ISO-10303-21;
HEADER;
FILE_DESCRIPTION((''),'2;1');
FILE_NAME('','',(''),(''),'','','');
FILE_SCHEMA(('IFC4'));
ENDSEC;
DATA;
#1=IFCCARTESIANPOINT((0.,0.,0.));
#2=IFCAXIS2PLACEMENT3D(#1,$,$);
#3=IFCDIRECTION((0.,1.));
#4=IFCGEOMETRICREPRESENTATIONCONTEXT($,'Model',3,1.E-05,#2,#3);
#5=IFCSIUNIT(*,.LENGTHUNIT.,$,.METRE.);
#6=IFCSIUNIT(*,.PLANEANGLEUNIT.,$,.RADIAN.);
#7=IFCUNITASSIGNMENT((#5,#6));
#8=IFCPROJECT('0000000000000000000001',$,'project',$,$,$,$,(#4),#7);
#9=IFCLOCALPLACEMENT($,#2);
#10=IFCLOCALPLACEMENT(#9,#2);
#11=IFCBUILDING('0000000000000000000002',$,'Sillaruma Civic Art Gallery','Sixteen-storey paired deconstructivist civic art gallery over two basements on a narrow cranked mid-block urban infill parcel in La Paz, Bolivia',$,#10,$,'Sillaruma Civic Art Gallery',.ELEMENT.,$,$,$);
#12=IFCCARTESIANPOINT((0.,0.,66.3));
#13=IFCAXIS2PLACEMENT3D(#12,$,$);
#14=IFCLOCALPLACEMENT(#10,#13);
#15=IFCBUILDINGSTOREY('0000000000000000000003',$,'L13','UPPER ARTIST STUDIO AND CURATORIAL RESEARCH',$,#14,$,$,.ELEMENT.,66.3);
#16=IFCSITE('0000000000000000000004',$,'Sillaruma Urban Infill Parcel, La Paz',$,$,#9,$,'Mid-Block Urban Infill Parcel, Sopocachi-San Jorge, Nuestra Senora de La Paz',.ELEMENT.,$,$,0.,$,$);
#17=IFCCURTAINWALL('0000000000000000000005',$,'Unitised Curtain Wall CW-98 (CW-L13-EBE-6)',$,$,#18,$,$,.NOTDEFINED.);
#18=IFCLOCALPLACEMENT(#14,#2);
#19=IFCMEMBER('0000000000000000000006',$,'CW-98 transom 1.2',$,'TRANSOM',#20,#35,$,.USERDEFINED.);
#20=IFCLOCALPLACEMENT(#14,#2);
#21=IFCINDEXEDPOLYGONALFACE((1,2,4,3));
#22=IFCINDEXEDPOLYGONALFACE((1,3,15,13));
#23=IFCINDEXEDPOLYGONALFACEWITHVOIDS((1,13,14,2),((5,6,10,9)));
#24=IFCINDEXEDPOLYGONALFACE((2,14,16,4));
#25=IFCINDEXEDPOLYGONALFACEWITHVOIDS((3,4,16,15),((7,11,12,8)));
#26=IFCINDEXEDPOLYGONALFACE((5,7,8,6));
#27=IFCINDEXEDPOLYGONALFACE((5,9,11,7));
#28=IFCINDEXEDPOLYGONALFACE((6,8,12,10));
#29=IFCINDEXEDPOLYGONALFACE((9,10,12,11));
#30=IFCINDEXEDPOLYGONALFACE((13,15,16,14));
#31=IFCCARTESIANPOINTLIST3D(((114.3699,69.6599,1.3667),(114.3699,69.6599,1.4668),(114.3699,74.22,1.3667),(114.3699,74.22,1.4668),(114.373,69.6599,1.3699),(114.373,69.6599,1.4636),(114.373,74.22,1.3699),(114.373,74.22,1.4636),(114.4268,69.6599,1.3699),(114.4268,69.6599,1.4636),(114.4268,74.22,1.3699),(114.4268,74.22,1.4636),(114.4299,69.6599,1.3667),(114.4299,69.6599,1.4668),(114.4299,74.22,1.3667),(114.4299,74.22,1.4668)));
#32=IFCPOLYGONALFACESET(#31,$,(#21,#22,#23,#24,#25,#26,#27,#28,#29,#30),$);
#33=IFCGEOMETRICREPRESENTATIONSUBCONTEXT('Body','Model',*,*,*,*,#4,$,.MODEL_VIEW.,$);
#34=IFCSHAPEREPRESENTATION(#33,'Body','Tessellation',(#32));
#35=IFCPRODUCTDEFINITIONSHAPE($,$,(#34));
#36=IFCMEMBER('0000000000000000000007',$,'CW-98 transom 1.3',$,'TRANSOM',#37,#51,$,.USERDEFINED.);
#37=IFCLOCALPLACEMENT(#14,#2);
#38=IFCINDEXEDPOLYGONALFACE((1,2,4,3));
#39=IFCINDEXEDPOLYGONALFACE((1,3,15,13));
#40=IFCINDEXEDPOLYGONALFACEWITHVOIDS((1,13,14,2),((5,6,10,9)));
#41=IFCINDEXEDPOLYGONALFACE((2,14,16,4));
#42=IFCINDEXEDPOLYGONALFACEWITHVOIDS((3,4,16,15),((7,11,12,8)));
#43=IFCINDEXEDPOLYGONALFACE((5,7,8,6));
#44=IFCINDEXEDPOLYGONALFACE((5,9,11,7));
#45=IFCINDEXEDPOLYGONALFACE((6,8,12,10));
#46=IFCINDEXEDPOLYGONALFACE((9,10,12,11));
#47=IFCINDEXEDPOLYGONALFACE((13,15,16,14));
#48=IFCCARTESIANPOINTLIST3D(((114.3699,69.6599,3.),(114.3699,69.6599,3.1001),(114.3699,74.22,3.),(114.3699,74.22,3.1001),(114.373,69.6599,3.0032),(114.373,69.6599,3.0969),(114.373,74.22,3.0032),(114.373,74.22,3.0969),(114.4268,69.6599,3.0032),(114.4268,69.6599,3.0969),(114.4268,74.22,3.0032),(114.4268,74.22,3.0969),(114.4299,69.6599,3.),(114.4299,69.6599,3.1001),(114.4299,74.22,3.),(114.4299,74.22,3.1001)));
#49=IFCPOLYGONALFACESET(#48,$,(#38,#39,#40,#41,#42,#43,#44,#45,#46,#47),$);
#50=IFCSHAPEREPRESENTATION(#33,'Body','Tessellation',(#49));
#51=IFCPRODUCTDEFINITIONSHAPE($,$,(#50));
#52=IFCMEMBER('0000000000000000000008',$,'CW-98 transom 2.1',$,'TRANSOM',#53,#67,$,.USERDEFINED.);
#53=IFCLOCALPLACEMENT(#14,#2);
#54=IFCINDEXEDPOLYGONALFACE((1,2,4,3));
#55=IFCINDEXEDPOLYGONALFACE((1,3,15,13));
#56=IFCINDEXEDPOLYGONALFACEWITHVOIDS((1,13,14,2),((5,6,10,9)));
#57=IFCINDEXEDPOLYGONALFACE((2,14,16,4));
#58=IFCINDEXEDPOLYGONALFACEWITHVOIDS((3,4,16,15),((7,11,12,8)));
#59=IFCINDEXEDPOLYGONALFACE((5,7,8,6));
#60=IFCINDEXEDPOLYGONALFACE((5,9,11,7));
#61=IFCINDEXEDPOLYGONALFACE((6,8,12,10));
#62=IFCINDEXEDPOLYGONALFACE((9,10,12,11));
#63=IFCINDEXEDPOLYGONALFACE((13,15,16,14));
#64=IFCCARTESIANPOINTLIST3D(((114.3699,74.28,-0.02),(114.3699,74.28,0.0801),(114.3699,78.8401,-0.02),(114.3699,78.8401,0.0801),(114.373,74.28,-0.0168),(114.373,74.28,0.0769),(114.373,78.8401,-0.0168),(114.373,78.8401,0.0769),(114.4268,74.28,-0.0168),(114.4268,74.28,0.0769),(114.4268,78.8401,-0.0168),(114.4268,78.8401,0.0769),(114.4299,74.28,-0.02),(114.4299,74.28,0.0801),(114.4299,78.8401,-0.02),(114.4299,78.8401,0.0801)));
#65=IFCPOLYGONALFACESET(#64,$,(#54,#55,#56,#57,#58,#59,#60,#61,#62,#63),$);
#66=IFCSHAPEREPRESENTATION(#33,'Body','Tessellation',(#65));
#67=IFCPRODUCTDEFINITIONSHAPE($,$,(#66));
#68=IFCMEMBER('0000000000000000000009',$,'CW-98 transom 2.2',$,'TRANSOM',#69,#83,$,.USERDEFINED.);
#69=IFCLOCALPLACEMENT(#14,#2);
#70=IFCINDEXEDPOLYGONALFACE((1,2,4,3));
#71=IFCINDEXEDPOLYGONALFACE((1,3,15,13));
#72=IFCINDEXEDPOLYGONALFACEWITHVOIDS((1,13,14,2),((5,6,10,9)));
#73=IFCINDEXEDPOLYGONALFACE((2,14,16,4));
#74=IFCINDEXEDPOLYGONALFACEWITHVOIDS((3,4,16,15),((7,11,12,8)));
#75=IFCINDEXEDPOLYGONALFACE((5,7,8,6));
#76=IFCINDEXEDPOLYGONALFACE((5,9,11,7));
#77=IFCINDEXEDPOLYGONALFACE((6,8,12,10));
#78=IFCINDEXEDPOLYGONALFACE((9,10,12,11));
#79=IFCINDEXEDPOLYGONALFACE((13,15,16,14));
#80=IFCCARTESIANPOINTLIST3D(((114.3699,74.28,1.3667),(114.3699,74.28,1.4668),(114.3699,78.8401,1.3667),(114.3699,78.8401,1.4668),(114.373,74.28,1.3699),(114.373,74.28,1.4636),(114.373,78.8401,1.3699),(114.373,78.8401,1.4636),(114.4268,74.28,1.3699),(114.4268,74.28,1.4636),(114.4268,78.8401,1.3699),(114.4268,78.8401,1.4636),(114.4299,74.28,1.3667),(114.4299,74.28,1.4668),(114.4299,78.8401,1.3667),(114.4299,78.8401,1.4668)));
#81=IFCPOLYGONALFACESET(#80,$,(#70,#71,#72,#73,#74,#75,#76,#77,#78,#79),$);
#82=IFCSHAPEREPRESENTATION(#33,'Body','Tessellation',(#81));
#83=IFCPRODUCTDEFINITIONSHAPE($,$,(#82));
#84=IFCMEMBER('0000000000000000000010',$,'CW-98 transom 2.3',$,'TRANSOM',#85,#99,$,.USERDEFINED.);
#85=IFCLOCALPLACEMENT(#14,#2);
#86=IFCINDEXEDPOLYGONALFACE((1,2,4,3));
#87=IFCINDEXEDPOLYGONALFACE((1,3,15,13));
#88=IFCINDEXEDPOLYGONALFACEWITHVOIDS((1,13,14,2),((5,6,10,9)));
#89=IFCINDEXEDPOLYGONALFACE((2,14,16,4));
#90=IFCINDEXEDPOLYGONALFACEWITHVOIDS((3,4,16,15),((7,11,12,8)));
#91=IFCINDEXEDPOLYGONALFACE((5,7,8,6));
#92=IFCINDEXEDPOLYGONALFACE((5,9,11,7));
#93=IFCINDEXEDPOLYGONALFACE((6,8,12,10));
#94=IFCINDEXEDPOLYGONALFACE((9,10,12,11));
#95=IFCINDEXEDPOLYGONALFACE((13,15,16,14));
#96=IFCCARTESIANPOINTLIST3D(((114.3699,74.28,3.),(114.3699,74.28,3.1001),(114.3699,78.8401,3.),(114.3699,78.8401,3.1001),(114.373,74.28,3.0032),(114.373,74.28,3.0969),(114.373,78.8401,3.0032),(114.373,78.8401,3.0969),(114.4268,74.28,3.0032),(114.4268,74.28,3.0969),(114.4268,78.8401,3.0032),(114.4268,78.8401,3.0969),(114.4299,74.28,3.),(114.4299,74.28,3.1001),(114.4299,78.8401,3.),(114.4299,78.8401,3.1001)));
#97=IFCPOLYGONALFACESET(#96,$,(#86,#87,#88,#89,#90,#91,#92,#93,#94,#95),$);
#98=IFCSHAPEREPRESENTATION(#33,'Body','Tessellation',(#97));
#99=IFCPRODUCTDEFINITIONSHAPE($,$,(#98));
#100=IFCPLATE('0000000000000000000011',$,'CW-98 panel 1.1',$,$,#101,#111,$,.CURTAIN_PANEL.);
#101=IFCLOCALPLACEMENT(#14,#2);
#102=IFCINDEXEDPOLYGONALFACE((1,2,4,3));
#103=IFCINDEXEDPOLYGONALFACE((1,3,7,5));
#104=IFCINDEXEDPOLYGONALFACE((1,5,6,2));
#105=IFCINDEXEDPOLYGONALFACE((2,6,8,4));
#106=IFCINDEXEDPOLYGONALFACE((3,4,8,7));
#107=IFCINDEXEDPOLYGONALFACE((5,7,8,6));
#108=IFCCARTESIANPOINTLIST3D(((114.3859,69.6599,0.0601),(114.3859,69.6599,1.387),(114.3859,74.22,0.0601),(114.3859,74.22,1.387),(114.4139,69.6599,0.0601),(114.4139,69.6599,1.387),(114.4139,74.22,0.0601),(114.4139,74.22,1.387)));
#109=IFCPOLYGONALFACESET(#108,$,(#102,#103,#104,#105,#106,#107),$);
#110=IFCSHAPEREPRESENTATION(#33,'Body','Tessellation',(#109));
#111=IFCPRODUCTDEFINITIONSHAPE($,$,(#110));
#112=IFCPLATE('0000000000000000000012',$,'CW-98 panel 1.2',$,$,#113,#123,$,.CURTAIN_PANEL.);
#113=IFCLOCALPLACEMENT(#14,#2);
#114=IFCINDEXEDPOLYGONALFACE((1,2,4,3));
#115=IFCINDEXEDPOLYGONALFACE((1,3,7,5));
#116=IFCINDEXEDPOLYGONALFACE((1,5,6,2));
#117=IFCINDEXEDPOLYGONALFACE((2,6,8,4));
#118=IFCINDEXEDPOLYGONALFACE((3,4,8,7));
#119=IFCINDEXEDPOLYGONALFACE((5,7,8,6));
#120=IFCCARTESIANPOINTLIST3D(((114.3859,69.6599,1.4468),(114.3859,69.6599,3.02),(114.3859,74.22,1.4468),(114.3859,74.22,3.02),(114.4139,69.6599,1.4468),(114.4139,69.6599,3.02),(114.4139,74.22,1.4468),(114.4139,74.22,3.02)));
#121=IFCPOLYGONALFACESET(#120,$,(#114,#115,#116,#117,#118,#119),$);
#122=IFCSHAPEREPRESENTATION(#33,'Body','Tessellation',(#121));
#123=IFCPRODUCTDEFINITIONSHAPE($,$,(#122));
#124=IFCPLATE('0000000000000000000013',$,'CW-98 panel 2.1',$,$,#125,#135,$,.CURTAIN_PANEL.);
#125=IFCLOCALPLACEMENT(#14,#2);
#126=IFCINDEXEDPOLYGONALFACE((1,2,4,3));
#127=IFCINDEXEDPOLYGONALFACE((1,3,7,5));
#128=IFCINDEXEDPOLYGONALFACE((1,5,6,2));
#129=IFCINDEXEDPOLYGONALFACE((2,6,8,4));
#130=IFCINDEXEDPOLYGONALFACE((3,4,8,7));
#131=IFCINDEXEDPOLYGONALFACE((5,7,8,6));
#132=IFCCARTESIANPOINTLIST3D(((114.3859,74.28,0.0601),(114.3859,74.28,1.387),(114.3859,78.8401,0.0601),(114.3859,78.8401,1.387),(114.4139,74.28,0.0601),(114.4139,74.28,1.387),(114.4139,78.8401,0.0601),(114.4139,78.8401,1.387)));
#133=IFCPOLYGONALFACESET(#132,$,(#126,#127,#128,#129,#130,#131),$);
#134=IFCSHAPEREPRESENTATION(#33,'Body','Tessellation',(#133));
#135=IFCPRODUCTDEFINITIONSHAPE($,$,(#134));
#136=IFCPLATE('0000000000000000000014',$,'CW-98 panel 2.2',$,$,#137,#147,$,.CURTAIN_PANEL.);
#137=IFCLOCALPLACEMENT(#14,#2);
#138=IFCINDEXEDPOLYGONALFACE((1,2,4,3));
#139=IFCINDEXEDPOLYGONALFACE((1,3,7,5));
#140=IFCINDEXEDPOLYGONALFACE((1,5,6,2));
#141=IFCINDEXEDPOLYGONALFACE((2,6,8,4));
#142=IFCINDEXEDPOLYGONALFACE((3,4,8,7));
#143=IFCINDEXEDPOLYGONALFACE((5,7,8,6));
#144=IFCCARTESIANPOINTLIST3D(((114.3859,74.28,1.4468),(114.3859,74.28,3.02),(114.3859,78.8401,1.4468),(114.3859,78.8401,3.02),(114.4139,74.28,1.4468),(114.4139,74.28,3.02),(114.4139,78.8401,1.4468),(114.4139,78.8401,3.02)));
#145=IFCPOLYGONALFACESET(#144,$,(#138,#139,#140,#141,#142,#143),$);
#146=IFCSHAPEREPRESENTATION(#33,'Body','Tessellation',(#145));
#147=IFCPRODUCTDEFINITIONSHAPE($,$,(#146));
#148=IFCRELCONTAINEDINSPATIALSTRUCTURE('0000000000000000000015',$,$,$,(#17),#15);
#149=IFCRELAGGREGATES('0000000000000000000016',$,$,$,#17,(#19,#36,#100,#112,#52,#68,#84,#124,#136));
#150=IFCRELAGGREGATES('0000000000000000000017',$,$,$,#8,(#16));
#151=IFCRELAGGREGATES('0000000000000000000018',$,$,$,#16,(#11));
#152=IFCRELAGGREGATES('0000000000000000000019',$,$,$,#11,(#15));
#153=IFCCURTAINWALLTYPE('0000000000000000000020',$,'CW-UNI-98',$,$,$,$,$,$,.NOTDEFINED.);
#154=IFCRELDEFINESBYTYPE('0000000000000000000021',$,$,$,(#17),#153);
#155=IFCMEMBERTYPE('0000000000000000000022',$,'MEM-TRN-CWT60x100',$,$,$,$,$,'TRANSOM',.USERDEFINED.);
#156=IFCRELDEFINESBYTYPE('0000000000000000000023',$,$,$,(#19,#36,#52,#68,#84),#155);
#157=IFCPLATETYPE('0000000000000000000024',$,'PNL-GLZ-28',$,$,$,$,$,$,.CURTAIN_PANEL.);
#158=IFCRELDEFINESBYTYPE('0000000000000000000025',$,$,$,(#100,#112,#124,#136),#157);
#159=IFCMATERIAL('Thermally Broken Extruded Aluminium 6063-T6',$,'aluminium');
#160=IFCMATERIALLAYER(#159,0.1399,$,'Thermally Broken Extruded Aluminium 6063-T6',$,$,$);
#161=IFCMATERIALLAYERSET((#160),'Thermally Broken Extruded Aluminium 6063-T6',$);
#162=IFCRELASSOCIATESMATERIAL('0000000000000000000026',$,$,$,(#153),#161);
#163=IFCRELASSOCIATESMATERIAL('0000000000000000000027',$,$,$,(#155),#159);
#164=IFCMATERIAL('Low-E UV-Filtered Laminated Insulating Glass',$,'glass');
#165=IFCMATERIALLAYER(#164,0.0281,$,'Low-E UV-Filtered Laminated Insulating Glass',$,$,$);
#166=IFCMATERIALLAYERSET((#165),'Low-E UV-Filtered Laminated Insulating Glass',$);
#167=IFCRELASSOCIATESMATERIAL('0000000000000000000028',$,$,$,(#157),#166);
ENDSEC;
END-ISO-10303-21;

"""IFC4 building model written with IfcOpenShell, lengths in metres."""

from ifc_helpers import new_model, si_unit, direction, frame, origin, origin_2d, place, context, subcontext, project, spatial, rectangle, hollow_rectangle, extrude, material, layer, layer_set, material_profile, profile_set, type_object, element, aggregate, save


model = new_model("IFC4")

# Units and contexts
model_context = context("Model", 3, precision=1e-05, world=origin(), true_north=direction((0.0, 1.0)))
body_context = subcontext(model_context, "Body", "Model", "MODEL_VIEW")
ifc_project = project(units=[si_unit("LENGTHUNIT", "METRE"), si_unit("PLANEANGLEUNIT", "RADIAN")], contexts=[model_context])

# Site, building, storey
site_placement = place(None, origin())
site = spatial("IfcSite", under=ifc_project, at=site_placement, Name="Sillaruma Urban Infill Parcel, La Paz", LongName="Mid-Block Urban Infill Parcel, Sopocachi-San Jorge, Nuestra Senora de La Paz", CompositionType="ELEMENT", RefElevation=0.0)
building_placement = place(site_placement, origin())
building = spatial("IfcBuilding", under=site, at=building_placement, Name="Sillaruma Civic Art Gallery", Description="Sixteen-storey paired deconstructivist civic art gallery over two basements on a narrow cranked mid-block urban infill parcel in La Paz, Bolivia", LongName="Sillaruma Civic Art Gallery", CompositionType="ELEMENT")
storey_placement = place(building_placement, frame((0.0, 0.0, 66.3)))
storey = spatial("IfcBuildingStorey", under=building, at=storey_placement, Name="L13", Description="UPPER ARTIST STUDIO AND CURATORIAL RESEARCH", CompositionType="ELEMENT", Elevation=66.3)

# Curtain wall, members, plates
ifc_material_1 = material(Name="Thermally Broken Extruded Aluminium 6063-T6", Category="aluminium")
ifc_layer_1 = layer(ifc_material_1, 0.1399, Name="Thermally Broken Extruded Aluminium 6063-T6")
ifc_layer_set_1 = layer_set([ifc_layer_1], Name="Thermally Broken Extruded Aluminium 6063-T6")
curtain_wall_type = type_object("IfcCurtainWallType", Name="CW-UNI-98", PredefinedType="NOTDEFINED", material=ifc_layer_set_1)
curtain_wall_placement = place(storey_placement, origin())
curtain_wall = element("IfcCurtainWall", 1, at=curtain_wall_placement, inside=storey, type_object=curtain_wall_type, Name="Unitised Curtain Wall CW-98 (CW-L13-EBE-6)", PredefinedType="NOTDEFINED")
ifc_material_profile_1 = material_profile(ifc_material_1, hollow_rectangle(XDim=0.0601, YDim=0.1001, WallThickness=0.0032, at=origin_2d()), Name="CWT60x100")
ifc_profile_set_1 = profile_set([ifc_material_profile_1], Name="Thermally Broken Extruded Aluminium 6063-T6")
member_type_1 = type_object("IfcMemberType", Name="MEM-TRN-CWT60x100", ElementType="TRANSOM", PredefinedType="USERDEFINED", material=ifc_profile_set_1)
member_1_placement = place(storey_placement, frame((114.3999, 69.6599, 1.4167), z_axis=(0.0, 1.0, 0.0), x_axis=(-1.0, 0.0, 0.0)))
member_1 = element("IfcMember", 2, at=member_1_placement, type_object=member_type_1, Name="CW-98 transom 1.2", ObjectType="TRANSOM", PredefinedType="USERDEFINED", context=body_context, shape_type="SweptSolid", body=[
    extrude(hollow_rectangle(XDim=0.0601, YDim=0.1001, WallThickness=0.0032, at=origin_2d()), origin(), (0.0, 0.0, 1.0), 4.5601),
])
member_2_placement = place(storey_placement, frame((114.3999, 69.6599, 3.05), z_axis=(0.0, 1.0, 0.0), x_axis=(-1.0, 0.0, 0.0)))
member_2 = element("IfcMember", 3, at=member_2_placement, type_object=member_type_1, Name="CW-98 transom 1.3", ObjectType="TRANSOM", PredefinedType="USERDEFINED", context=body_context, shape_type="SweptSolid", body=[
    extrude(hollow_rectangle(XDim=0.0601, YDim=0.1001, WallThickness=0.0032, at=origin_2d()), origin(), (0.0, 0.0, 1.0), 4.5601),
])
member_3_placement = place(storey_placement, frame((114.3999, 74.28, 0.03), z_axis=(0.0, 1.0, 0.0), x_axis=(-1.0, 0.0, 0.0)))
member_3 = element("IfcMember", 4, at=member_3_placement, type_object=member_type_1, Name="CW-98 transom 2.1", ObjectType="TRANSOM", PredefinedType="USERDEFINED", context=body_context, shape_type="SweptSolid", body=[
    extrude(hollow_rectangle(XDim=0.0601, YDim=0.1001, WallThickness=0.0032, at=origin_2d()), origin(), (0.0, 0.0, 1.0), 4.5601),
])
member_4_placement = place(storey_placement, frame((114.3999, 74.28, 1.4167), z_axis=(0.0, 1.0, 0.0), x_axis=(-1.0, 0.0, 0.0)))
member_4 = element("IfcMember", 5, at=member_4_placement, type_object=member_type_1, Name="CW-98 transom 2.2", ObjectType="TRANSOM", PredefinedType="USERDEFINED", context=body_context, shape_type="SweptSolid", body=[
    extrude(hollow_rectangle(XDim=0.0601, YDim=0.1001, WallThickness=0.0032, at=origin_2d()), origin(), (0.0, 0.0, 1.0), 4.5601),
])
member_5_placement = place(storey_placement, frame((114.3999, 74.28, 3.05), z_axis=(0.0, 1.0, 0.0), x_axis=(-1.0, 0.0, 0.0)))
member_5 = element("IfcMember", 6, at=member_5_placement, type_object=member_type_1, Name="CW-98 transom 2.3", ObjectType="TRANSOM", PredefinedType="USERDEFINED", context=body_context, shape_type="SweptSolid", body=[
    extrude(hollow_rectangle(XDim=0.0601, YDim=0.1001, WallThickness=0.0032, at=origin_2d()), origin(), (0.0, 0.0, 1.0), 4.5601),
])
ifc_material_2 = material(Name="Low-E UV-Filtered Laminated Insulating Glass", Category="glass")
ifc_layer_2 = layer(ifc_material_2, 0.0281, Name="Low-E UV-Filtered Laminated Insulating Glass")
ifc_layer_set_2 = layer_set([ifc_layer_2], Name="Low-E UV-Filtered Laminated Insulating Glass")
plate_type = type_object("IfcPlateType", Name="PNL-GLZ-28", PredefinedType="CURTAIN_PANEL", material=ifc_layer_set_2)
plate_1_placement = place(storey_placement, frame((114.3999, 71.9399, 0.0601), z_axis=(0.0, 0.0, 1.0), x_axis=(0.0, 1.0, 0.0)))
plate_1 = element("IfcPlate", 7, at=plate_1_placement, type_object=plate_type, Name="CW-98 panel 1.1", PredefinedType="CURTAIN_PANEL", context=body_context, shape_type="SweptSolid", body=[
    extrude(rectangle(XDim=4.5601, YDim=0.0281, at=origin_2d()), origin(), (0.0, 0.0, 1.0), 1.3269),
])
plate_2_placement = place(storey_placement, frame((114.3999, 71.9399, 1.4468), z_axis=(0.0, 0.0, 1.0), x_axis=(0.0, 1.0, 0.0)))
plate_2 = element("IfcPlate", 8, at=plate_2_placement, type_object=plate_type, Name="CW-98 panel 1.2", PredefinedType="CURTAIN_PANEL", context=body_context, shape_type="SweptSolid", body=[
    extrude(rectangle(XDim=4.5601, YDim=0.0281, at=origin_2d()), origin(), (0.0, 0.0, 1.0), 1.5732),
])
plate_3_placement = place(storey_placement, frame((114.3999, 76.5601, 0.0601), z_axis=(0.0, 0.0, 1.0), x_axis=(0.0, 1.0, 0.0)))
plate_3 = element("IfcPlate", 9, at=plate_3_placement, type_object=plate_type, Name="CW-98 panel 2.1", PredefinedType="CURTAIN_PANEL", context=body_context, shape_type="SweptSolid", body=[
    extrude(rectangle(XDim=4.5601, YDim=0.0281, at=origin_2d()), origin(), (0.0, 0.0, 1.0), 1.3269),
])
plate_4_placement = place(storey_placement, frame((114.3999, 76.5601, 1.4468), z_axis=(0.0, 0.0, 1.0), x_axis=(0.0, 1.0, 0.0)))
plate_4 = element("IfcPlate", 10, at=plate_4_placement, type_object=plate_type, Name="CW-98 panel 2.2", PredefinedType="CURTAIN_PANEL", context=body_context, shape_type="SweptSolid", body=[
    extrude(rectangle(XDim=4.5601, YDim=0.0281, at=origin_2d()), origin(), (0.0, 0.0, 1.0), 1.5732),
])
aggregate(curtain_wall, [member_1, member_2, plate_1, plate_2, member_3, member_4, member_5, plate_3, plate_4])

save(model, "model.ifc")
